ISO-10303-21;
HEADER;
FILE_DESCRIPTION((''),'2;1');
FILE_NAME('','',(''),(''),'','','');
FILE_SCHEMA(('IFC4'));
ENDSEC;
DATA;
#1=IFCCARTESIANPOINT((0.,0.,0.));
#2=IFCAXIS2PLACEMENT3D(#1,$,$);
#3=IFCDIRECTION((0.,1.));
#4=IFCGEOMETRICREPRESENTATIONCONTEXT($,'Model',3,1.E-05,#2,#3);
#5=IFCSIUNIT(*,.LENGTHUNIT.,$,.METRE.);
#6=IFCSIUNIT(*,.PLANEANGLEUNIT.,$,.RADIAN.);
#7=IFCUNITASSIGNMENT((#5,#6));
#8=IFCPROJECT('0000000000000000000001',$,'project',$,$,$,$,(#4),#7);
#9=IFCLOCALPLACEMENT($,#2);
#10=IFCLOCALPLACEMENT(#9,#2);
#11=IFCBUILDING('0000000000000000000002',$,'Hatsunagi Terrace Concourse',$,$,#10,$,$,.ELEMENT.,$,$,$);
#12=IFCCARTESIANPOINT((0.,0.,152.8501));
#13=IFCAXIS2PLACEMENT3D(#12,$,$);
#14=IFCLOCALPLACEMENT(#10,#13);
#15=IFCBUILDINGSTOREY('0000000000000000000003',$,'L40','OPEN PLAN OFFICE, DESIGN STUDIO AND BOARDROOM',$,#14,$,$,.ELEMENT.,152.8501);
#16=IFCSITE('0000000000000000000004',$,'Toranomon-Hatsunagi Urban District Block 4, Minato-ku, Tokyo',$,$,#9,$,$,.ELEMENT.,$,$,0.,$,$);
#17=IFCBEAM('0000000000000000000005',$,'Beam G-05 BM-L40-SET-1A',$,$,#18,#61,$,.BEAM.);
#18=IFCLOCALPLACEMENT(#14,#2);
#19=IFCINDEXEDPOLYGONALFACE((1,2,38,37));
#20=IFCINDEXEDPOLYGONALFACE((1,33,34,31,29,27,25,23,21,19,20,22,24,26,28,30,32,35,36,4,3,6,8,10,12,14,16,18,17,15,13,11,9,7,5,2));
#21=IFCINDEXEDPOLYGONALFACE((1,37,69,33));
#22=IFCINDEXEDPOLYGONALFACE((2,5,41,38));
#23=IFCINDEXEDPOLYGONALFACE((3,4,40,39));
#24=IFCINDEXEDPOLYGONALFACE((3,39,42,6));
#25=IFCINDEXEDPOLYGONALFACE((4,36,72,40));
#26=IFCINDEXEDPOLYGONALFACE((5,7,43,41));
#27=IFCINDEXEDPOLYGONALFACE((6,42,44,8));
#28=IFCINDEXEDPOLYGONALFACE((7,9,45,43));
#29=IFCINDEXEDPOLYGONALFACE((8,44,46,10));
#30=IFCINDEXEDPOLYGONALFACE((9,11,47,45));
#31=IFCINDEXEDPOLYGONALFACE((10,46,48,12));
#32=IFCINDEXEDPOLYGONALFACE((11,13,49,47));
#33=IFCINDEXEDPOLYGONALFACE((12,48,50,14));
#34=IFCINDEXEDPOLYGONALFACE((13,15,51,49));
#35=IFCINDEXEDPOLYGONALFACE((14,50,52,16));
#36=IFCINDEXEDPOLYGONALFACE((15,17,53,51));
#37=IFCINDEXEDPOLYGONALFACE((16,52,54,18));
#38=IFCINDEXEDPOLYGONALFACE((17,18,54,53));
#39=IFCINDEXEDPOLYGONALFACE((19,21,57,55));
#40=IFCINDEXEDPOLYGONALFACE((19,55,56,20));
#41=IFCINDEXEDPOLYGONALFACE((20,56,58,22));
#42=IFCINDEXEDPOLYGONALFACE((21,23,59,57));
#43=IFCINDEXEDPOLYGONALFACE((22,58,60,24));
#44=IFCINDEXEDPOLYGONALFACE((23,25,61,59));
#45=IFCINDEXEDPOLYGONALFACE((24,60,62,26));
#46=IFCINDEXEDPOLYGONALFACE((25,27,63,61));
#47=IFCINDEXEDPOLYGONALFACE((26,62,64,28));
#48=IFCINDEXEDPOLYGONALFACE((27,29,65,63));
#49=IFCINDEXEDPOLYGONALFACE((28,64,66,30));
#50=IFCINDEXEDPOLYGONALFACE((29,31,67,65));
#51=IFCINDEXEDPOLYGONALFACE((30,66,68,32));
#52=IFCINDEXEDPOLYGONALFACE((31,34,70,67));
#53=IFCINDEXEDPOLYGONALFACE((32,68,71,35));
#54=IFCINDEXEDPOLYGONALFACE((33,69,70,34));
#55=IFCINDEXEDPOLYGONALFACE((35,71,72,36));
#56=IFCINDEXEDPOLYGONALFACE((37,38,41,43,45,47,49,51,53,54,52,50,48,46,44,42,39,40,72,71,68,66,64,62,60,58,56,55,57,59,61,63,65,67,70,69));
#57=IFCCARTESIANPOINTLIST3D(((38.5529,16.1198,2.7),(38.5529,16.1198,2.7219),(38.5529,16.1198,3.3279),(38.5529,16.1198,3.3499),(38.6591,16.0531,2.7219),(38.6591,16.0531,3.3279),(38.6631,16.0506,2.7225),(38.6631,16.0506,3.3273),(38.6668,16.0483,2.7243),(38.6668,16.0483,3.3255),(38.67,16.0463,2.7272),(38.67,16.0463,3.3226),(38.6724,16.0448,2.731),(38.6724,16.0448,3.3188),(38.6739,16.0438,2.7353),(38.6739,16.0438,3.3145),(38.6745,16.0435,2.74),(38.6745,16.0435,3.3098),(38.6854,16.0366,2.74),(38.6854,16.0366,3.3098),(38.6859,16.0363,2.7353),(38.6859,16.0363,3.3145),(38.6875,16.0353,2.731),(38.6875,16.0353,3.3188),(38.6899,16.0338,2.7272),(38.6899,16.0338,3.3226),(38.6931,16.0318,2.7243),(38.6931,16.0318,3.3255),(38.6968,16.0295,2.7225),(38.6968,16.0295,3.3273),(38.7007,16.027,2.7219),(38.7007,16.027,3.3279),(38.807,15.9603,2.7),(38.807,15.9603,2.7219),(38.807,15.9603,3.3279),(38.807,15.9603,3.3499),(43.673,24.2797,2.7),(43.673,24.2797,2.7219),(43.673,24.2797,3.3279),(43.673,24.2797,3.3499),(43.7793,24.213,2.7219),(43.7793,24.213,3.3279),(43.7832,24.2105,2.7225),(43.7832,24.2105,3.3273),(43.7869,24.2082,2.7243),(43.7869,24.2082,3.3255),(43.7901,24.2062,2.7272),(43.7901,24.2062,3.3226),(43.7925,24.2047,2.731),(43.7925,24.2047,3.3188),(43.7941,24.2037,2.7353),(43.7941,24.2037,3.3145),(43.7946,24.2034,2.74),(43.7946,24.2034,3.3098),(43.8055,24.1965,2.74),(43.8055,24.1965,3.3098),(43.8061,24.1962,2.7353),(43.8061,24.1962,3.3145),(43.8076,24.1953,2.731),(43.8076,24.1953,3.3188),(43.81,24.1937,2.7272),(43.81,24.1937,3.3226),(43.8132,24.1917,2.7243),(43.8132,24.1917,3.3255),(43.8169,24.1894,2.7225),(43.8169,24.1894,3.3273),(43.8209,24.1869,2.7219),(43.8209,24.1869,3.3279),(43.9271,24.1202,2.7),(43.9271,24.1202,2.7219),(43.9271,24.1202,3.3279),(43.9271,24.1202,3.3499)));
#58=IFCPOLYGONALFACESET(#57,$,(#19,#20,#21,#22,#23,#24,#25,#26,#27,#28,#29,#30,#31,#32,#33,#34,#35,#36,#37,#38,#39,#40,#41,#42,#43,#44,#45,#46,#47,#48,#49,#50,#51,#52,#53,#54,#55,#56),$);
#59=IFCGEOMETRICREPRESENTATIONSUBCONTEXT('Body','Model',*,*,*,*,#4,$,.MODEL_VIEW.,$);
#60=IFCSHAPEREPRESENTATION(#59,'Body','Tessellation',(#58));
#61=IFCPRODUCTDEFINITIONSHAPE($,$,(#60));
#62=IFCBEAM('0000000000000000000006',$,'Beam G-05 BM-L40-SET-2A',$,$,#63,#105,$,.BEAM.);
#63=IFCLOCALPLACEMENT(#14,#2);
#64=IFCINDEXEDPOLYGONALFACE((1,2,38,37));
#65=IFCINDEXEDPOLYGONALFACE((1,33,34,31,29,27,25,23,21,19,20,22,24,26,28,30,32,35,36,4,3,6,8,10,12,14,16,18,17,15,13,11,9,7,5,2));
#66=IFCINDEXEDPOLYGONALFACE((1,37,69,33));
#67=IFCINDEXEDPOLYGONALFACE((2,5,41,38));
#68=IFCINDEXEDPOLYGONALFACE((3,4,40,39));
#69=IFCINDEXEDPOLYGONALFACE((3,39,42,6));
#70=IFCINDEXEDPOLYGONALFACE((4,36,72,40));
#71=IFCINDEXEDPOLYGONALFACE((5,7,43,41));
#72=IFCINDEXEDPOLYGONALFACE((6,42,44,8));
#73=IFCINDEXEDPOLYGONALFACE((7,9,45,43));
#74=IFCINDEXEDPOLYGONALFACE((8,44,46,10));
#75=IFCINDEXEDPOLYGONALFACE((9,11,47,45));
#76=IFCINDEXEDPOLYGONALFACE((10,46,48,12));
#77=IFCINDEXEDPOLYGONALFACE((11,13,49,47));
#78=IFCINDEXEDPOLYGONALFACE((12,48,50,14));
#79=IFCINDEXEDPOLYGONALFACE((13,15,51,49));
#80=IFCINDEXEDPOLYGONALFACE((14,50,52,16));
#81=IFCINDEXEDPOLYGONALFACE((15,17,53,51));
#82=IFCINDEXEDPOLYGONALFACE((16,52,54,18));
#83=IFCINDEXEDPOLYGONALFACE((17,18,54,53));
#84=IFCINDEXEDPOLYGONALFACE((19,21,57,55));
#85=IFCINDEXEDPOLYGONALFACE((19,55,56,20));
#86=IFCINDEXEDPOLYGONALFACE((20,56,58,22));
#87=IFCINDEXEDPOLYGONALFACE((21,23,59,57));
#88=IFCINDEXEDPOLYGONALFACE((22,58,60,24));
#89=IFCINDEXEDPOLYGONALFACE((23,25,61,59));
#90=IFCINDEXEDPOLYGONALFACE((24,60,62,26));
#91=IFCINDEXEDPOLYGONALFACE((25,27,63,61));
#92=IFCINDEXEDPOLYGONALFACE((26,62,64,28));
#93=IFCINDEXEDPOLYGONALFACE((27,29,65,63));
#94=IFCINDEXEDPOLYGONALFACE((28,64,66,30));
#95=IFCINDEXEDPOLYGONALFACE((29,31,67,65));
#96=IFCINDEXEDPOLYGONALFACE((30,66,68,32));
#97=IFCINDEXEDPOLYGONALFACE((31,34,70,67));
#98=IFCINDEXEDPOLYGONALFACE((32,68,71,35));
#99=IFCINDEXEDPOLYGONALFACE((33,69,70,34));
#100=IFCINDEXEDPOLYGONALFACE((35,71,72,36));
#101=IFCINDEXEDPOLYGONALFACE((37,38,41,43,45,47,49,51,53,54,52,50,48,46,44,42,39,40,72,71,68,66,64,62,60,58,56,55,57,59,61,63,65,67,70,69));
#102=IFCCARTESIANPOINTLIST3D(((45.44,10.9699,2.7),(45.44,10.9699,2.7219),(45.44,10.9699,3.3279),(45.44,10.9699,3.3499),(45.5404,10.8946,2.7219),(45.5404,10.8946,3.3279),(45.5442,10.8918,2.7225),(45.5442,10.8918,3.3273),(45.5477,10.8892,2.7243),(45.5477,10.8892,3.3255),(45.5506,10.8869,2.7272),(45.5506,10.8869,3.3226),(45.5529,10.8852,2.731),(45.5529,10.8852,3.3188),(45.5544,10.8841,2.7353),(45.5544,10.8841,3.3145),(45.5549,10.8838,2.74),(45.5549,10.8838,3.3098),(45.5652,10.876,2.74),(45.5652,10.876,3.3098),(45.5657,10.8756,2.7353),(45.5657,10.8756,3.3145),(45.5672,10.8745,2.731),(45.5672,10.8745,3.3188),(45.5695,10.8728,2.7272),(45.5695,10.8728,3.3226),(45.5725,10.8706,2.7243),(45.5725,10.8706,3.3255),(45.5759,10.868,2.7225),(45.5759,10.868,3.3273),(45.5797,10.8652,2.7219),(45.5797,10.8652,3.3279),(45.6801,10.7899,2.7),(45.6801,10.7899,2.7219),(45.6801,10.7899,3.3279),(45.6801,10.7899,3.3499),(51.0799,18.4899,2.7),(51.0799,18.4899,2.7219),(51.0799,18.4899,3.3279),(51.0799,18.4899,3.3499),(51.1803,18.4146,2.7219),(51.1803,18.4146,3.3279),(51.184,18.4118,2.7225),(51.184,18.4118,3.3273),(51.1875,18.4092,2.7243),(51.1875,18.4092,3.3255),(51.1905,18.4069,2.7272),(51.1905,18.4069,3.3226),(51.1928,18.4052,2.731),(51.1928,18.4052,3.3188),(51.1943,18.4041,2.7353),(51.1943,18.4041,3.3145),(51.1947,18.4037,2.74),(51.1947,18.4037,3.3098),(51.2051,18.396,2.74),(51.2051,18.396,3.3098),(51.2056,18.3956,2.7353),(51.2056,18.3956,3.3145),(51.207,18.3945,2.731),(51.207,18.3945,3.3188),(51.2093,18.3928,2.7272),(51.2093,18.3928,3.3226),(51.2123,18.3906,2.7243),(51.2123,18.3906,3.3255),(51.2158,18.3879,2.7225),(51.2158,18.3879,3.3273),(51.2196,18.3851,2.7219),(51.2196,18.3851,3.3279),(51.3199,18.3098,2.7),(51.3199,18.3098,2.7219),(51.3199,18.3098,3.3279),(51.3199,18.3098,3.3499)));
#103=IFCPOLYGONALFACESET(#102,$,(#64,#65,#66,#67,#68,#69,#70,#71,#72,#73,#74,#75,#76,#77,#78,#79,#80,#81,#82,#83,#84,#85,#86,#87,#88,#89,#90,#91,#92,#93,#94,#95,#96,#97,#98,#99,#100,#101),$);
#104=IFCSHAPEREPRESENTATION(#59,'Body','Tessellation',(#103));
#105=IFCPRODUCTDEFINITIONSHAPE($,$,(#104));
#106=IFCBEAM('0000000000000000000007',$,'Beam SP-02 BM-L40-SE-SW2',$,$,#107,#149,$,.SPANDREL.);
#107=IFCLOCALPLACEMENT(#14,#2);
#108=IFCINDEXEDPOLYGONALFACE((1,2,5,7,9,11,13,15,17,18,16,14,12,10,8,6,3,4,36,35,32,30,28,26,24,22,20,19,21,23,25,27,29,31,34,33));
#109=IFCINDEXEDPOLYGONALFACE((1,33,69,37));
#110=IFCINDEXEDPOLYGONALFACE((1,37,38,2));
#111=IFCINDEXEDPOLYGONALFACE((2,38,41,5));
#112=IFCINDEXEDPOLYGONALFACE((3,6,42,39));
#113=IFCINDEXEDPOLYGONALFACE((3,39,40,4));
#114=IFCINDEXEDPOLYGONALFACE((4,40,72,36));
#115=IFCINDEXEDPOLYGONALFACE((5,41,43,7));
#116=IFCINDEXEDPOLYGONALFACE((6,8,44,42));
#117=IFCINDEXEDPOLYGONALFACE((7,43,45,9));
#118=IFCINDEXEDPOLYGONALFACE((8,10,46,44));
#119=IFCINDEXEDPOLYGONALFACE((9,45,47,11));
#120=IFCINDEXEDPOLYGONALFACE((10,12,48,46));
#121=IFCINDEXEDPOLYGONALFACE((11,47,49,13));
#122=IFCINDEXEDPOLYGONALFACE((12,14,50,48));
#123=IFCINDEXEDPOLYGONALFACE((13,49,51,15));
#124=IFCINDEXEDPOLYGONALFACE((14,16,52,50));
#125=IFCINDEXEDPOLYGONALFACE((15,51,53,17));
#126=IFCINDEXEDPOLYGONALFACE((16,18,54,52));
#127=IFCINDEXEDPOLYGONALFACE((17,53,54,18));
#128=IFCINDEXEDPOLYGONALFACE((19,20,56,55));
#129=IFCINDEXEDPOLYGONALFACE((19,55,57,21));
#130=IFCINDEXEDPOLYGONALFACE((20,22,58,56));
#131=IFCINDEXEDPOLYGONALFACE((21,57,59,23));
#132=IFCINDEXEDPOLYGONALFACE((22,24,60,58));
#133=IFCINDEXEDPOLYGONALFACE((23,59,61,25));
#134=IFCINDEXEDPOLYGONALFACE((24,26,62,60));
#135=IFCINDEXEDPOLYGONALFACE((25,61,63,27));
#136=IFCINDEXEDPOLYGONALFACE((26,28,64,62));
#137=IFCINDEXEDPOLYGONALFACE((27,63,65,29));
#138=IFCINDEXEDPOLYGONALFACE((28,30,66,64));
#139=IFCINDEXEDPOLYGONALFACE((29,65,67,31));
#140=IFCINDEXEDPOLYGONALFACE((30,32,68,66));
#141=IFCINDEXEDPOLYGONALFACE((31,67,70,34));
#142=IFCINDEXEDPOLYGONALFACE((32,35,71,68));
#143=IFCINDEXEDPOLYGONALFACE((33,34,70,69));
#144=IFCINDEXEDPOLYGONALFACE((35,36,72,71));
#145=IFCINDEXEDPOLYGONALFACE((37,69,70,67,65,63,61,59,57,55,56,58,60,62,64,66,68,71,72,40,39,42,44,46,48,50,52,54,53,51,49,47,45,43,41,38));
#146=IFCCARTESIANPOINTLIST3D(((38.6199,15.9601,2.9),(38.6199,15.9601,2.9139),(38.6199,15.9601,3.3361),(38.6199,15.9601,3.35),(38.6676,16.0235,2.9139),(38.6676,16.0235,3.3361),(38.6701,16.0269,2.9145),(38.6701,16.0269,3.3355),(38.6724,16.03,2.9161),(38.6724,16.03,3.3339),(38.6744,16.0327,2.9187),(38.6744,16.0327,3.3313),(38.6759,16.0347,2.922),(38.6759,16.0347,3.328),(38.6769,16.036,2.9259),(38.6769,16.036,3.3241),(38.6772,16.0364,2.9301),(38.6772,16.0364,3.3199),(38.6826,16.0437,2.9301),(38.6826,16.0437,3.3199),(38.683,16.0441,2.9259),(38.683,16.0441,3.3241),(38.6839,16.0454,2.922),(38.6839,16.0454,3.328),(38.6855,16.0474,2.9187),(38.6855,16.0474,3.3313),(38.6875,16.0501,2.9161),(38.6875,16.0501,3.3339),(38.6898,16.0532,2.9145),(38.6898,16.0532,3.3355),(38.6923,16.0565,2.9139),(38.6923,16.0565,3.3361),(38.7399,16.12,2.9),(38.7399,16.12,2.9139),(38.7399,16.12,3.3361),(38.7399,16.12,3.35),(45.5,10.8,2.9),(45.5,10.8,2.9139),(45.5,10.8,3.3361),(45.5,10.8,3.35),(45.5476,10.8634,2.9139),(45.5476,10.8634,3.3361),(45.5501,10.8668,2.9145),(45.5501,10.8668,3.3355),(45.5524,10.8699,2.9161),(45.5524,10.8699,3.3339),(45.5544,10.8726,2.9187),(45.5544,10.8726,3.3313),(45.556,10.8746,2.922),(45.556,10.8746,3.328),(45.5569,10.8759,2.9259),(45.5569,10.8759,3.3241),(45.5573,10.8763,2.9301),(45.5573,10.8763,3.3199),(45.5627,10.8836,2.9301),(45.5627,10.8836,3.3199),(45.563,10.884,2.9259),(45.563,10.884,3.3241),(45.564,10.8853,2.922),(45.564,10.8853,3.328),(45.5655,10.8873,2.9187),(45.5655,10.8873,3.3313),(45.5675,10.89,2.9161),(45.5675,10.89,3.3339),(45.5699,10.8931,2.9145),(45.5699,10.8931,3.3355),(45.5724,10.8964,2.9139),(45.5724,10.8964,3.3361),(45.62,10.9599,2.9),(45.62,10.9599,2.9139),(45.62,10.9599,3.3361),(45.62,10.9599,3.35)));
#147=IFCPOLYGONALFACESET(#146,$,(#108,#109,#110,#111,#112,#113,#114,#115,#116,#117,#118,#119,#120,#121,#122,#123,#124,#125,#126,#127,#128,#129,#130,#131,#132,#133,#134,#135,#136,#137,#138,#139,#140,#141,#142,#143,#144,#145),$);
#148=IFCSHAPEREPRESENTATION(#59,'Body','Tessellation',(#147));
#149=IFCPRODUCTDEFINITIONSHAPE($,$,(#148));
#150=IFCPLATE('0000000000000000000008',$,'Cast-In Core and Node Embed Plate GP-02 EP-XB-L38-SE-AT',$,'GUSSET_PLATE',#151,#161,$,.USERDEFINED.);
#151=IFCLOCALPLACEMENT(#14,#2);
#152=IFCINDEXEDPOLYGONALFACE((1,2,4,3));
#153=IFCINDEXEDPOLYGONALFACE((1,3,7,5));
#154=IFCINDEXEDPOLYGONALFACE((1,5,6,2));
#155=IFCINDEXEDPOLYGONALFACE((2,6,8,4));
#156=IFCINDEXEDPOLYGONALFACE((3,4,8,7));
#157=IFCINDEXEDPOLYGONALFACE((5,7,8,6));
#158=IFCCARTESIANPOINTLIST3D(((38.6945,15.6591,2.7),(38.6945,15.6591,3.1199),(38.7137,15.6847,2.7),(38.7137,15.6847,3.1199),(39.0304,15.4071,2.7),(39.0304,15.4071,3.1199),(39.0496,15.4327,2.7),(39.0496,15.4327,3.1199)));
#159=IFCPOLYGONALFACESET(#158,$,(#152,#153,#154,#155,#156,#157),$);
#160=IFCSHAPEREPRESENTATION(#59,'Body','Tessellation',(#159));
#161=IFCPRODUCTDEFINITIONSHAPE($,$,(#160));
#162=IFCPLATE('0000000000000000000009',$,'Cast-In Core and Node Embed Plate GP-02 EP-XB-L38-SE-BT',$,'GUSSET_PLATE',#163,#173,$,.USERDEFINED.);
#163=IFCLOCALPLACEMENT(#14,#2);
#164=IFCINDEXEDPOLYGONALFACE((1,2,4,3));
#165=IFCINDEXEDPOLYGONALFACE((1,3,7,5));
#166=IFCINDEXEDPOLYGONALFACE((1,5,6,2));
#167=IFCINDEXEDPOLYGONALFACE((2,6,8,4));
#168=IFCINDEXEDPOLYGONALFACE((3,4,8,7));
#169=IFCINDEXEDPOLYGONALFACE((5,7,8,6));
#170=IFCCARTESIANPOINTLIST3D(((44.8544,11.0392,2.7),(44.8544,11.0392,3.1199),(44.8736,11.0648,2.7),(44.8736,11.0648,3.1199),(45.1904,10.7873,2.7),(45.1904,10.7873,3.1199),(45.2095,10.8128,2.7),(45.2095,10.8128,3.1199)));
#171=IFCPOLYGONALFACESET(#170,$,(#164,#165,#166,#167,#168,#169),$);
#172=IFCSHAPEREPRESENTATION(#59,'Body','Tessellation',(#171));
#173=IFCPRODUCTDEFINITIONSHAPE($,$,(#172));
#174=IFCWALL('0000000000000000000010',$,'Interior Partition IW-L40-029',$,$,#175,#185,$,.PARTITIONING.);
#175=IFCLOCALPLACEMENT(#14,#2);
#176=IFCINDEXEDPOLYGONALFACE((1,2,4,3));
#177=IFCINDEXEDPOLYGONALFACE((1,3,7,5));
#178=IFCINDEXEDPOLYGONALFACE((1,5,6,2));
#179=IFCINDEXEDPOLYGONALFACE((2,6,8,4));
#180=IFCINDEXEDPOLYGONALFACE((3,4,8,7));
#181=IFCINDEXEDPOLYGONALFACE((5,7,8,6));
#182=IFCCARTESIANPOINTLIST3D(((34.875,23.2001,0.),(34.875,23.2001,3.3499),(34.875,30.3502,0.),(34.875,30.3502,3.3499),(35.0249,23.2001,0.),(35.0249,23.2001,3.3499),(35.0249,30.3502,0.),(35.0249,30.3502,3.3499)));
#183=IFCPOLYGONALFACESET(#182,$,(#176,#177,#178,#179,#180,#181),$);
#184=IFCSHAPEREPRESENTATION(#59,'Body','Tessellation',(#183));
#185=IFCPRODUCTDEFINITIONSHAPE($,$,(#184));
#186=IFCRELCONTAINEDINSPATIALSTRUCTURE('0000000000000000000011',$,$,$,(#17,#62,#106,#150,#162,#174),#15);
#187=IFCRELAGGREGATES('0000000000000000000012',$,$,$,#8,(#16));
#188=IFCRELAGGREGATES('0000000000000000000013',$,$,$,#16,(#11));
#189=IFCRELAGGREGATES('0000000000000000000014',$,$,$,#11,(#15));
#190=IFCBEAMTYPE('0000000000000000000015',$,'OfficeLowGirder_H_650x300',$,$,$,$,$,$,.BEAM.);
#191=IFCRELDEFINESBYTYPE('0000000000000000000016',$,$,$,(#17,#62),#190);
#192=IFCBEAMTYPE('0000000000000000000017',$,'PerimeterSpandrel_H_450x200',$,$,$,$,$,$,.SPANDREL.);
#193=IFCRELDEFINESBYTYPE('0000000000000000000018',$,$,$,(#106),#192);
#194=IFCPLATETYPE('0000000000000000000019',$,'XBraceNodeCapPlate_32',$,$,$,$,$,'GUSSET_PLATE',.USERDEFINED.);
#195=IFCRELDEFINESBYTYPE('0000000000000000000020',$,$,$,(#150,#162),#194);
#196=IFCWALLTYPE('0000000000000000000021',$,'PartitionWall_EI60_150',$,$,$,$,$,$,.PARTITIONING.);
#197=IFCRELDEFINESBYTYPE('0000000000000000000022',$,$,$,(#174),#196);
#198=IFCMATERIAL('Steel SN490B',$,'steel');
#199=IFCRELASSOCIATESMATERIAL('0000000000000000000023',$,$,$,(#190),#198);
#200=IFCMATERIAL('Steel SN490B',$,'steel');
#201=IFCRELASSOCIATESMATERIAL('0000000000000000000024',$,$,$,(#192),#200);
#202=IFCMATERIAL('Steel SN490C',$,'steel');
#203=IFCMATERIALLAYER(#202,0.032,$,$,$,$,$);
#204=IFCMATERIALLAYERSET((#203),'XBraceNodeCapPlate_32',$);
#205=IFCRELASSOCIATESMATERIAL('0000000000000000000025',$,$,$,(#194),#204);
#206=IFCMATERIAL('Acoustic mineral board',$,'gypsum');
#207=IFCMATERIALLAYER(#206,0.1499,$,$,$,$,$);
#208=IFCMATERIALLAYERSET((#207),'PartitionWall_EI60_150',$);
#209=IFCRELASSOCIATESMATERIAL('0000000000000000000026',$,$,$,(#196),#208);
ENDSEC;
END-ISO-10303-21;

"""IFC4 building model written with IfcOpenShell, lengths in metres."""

from ifc_helpers import new_model, si_unit, direction, frame, frame_2d, origin, origin_2d, place, context, subcontext, project, spatial, rectangle, i_section, extrude, material, layer, layer_set, material_profile, profile_set, type_object, element, save


model = new_model("IFC4")

# Units and contexts
model_context = context("Model", 3, precision=1e-05, world=origin(), true_north=direction((0.0, 1.0)))
body_context = subcontext(model_context, "Body", "Model", "MODEL_VIEW")
ifc_project = project(units=[si_unit("LENGTHUNIT", "METRE"), si_unit("PLANEANGLEUNIT", "RADIAN")], contexts=[model_context])

# Site, building, storey
site_placement = place(None, origin())
site = spatial("IfcSite", under=ifc_project, at=site_placement, Name="Toranomon-Hatsunagi Urban District Block 4, Minato-ku, Tokyo", CompositionType="ELEMENT", RefElevation=0.0)
building_placement = place(site_placement, origin())
building = spatial("IfcBuilding", under=site, at=building_placement, Name="Hatsunagi Terrace Concourse", CompositionType="ELEMENT")
storey_placement = place(building_placement, frame((0.0, 0.0, 152.8501)))
storey = spatial("IfcBuildingStorey", under=building, at=storey_placement, Name="L40", Description="OPEN PLAN OFFICE, DESIGN STUDIO AND BOARDROOM", CompositionType="ELEMENT", Elevation=152.8501)

# Beams
ifc_material_1 = material(Name="Steel SN490B", Category="steel")
ifc_material_profile_1 = material_profile(ifc_material_1, i_section(OverallWidth=0.3, OverallDepth=0.6499, WebThickness=0.0129, FlangeThickness=0.022, FilletRadius=0.0181, at=origin_2d()), Name="H-650x300x13x22")
ifc_profile_set_1 = profile_set([ifc_material_profile_1], Name="Steel SN490B")
beam_type_1 = type_object("IfcBeamType", Name="OfficeLowGirder_H_650x300", PredefinedType="BEAM", material=ifc_profile_set_1)
beam_1_placement = place(storey_placement, frame((38.6799, 16.04, 3.0249), z_axis=(0.531504, 0.847056, 0.0), x_axis=(-0.847056, 0.531504, 0.0)))
element("IfcBeam", 1, at=beam_1_placement, inside=storey, type_object=beam_type_1, Name="Beam G-05 BM-L40-SET-1A", PredefinedType="BEAM", context=body_context, shape_type="SweptSolid", body=[
    extrude(i_section(OverallWidth=0.3, OverallDepth=0.6499, WebThickness=0.0129, FlangeThickness=0.022, FilletRadius=0.0181, at=origin_2d()), origin(), (0.0, 0.0, 1.0), 9.6333),
])
beam_2_placement = place(storey_placement, frame((45.5601, 10.8799, 3.0249), z_axis=(0.599992, 0.800006, 0.0), x_axis=(-0.800006, 0.599992, 0.0)))
element("IfcBeam", 2, at=beam_2_placement, inside=storey, type_object=beam_type_1, Name="Beam G-05 BM-L40-SET-2A", PredefinedType="BEAM", context=body_context, shape_type="SweptSolid", body=[
    extrude(i_section(OverallWidth=0.3, OverallDepth=0.6499, WebThickness=0.0129, FlangeThickness=0.022, FilletRadius=0.0181, at=origin_2d()), origin(), (0.0, 0.0, 1.0), 9.3999),
])
ifc_material_2 = material(Name="Steel SN490B", Category="steel")
ifc_material_profile_2 = material_profile(ifc_material_2, i_section(OverallWidth=0.2, OverallDepth=0.45, WebThickness=0.009, FlangeThickness=0.0139, FilletRadius=0.0161, at=origin_2d()), Name="H-450x200x9x14")
ifc_profile_set_2 = profile_set([ifc_material_profile_2], Name="Steel SN490B")
beam_type_2 = type_object("IfcBeamType", Name="PerimeterSpandrel_H_450x200", PredefinedType="SPANDREL", material=ifc_profile_set_2)
beam_3_placement = place(storey_placement, frame((38.6799, 16.04, 3.125), z_axis=(0.799997, -0.600005, 0.0), x_axis=(0.600005, 0.799997, 0.0)))
element("IfcBeam", 3, at=beam_3_placement, inside=storey, type_object=beam_type_2, Name="Beam SP-02 BM-L40-SE-SW2", PredefinedType="SPANDREL", context=body_context, shape_type="SweptSolid", body=[
    extrude(i_section(OverallWidth=0.2, OverallDepth=0.45, WebThickness=0.009, FlangeThickness=0.0139, FilletRadius=0.0161, at=origin_2d()), origin(), (0.0, 0.0, 1.0), 8.6001),
])

# Plates
ifc_material_3 = material(Name="Steel SN490C", Category="steel")
ifc_layer_1 = layer(ifc_material_3, 0.032)
ifc_layer_set_1 = layer_set([ifc_layer_1], Name="XBraceNodeCapPlate_32")
plate_type = type_object("IfcPlateType", Name="XBraceNodeCapPlate_32", ElementType="GUSSET_PLATE", PredefinedType="USERDEFINED", material=ifc_layer_set_1)
for number, where, z_axis, x_axis, name in (
    (4, (38.8721, 15.5459, 2.7), (0.0, 0.0, 1.0), (0.8, -0.6, 0.0), "Cast-In Core and Node Embed Plate GP-02 EP-XB-L38-SE-AT"),
    (5, (45.032, 10.926, 2.7), (0.0, 0.0, 1.0), (0.8, -0.6, 0.0), "Cast-In Core and Node Embed Plate GP-02 EP-XB-L38-SE-BT"),
):
    element("IfcPlate", number, at=place(storey_placement, frame(where, z_axis=z_axis, x_axis=x_axis)), inside=storey, type_object=plate_type, Name=name, ObjectType="GUSSET_PLATE", PredefinedType="USERDEFINED", context=body_context, shape_type="SweptSolid", body=[
        extrude(rectangle(XDim=0.4199, YDim=0.032, at=origin_2d()), origin(), (0.0, 0.0, 1.0), 0.4199),
    ])

# Wall
ifc_material_4 = material(Name="Acoustic mineral board", Category="gypsum")
ifc_layer_2 = layer(ifc_material_4, 0.1499)
ifc_layer_set_2 = layer_set([ifc_layer_2], Name="PartitionWall_EI60_150")
wall_type_1 = type_object("IfcWallType", Name="PartitionWall_EI60_150", PredefinedType="PARTITIONING", material=ifc_layer_set_2)
wall_1_placement = place(storey_placement, frame((34.95, 23.2, 0.0), z_axis=(0.0, 0.0, 1.0), x_axis=(0.0, 1.0, 0.0)))
element("IfcWall", 6, at=wall_1_placement, inside=storey, type_object=wall_type_1, Name="Interior Partition IW-L40-029", PredefinedType="PARTITIONING", context=body_context, shape_type="SweptSolid", body=[
    extrude(rectangle(XDim=7.1501, YDim=0.1499, at=frame_2d((3.5752, 0.0))), origin(), (0.0, 0.0, 1.0), 3.3499),
])

save(model, "model.ifc")
